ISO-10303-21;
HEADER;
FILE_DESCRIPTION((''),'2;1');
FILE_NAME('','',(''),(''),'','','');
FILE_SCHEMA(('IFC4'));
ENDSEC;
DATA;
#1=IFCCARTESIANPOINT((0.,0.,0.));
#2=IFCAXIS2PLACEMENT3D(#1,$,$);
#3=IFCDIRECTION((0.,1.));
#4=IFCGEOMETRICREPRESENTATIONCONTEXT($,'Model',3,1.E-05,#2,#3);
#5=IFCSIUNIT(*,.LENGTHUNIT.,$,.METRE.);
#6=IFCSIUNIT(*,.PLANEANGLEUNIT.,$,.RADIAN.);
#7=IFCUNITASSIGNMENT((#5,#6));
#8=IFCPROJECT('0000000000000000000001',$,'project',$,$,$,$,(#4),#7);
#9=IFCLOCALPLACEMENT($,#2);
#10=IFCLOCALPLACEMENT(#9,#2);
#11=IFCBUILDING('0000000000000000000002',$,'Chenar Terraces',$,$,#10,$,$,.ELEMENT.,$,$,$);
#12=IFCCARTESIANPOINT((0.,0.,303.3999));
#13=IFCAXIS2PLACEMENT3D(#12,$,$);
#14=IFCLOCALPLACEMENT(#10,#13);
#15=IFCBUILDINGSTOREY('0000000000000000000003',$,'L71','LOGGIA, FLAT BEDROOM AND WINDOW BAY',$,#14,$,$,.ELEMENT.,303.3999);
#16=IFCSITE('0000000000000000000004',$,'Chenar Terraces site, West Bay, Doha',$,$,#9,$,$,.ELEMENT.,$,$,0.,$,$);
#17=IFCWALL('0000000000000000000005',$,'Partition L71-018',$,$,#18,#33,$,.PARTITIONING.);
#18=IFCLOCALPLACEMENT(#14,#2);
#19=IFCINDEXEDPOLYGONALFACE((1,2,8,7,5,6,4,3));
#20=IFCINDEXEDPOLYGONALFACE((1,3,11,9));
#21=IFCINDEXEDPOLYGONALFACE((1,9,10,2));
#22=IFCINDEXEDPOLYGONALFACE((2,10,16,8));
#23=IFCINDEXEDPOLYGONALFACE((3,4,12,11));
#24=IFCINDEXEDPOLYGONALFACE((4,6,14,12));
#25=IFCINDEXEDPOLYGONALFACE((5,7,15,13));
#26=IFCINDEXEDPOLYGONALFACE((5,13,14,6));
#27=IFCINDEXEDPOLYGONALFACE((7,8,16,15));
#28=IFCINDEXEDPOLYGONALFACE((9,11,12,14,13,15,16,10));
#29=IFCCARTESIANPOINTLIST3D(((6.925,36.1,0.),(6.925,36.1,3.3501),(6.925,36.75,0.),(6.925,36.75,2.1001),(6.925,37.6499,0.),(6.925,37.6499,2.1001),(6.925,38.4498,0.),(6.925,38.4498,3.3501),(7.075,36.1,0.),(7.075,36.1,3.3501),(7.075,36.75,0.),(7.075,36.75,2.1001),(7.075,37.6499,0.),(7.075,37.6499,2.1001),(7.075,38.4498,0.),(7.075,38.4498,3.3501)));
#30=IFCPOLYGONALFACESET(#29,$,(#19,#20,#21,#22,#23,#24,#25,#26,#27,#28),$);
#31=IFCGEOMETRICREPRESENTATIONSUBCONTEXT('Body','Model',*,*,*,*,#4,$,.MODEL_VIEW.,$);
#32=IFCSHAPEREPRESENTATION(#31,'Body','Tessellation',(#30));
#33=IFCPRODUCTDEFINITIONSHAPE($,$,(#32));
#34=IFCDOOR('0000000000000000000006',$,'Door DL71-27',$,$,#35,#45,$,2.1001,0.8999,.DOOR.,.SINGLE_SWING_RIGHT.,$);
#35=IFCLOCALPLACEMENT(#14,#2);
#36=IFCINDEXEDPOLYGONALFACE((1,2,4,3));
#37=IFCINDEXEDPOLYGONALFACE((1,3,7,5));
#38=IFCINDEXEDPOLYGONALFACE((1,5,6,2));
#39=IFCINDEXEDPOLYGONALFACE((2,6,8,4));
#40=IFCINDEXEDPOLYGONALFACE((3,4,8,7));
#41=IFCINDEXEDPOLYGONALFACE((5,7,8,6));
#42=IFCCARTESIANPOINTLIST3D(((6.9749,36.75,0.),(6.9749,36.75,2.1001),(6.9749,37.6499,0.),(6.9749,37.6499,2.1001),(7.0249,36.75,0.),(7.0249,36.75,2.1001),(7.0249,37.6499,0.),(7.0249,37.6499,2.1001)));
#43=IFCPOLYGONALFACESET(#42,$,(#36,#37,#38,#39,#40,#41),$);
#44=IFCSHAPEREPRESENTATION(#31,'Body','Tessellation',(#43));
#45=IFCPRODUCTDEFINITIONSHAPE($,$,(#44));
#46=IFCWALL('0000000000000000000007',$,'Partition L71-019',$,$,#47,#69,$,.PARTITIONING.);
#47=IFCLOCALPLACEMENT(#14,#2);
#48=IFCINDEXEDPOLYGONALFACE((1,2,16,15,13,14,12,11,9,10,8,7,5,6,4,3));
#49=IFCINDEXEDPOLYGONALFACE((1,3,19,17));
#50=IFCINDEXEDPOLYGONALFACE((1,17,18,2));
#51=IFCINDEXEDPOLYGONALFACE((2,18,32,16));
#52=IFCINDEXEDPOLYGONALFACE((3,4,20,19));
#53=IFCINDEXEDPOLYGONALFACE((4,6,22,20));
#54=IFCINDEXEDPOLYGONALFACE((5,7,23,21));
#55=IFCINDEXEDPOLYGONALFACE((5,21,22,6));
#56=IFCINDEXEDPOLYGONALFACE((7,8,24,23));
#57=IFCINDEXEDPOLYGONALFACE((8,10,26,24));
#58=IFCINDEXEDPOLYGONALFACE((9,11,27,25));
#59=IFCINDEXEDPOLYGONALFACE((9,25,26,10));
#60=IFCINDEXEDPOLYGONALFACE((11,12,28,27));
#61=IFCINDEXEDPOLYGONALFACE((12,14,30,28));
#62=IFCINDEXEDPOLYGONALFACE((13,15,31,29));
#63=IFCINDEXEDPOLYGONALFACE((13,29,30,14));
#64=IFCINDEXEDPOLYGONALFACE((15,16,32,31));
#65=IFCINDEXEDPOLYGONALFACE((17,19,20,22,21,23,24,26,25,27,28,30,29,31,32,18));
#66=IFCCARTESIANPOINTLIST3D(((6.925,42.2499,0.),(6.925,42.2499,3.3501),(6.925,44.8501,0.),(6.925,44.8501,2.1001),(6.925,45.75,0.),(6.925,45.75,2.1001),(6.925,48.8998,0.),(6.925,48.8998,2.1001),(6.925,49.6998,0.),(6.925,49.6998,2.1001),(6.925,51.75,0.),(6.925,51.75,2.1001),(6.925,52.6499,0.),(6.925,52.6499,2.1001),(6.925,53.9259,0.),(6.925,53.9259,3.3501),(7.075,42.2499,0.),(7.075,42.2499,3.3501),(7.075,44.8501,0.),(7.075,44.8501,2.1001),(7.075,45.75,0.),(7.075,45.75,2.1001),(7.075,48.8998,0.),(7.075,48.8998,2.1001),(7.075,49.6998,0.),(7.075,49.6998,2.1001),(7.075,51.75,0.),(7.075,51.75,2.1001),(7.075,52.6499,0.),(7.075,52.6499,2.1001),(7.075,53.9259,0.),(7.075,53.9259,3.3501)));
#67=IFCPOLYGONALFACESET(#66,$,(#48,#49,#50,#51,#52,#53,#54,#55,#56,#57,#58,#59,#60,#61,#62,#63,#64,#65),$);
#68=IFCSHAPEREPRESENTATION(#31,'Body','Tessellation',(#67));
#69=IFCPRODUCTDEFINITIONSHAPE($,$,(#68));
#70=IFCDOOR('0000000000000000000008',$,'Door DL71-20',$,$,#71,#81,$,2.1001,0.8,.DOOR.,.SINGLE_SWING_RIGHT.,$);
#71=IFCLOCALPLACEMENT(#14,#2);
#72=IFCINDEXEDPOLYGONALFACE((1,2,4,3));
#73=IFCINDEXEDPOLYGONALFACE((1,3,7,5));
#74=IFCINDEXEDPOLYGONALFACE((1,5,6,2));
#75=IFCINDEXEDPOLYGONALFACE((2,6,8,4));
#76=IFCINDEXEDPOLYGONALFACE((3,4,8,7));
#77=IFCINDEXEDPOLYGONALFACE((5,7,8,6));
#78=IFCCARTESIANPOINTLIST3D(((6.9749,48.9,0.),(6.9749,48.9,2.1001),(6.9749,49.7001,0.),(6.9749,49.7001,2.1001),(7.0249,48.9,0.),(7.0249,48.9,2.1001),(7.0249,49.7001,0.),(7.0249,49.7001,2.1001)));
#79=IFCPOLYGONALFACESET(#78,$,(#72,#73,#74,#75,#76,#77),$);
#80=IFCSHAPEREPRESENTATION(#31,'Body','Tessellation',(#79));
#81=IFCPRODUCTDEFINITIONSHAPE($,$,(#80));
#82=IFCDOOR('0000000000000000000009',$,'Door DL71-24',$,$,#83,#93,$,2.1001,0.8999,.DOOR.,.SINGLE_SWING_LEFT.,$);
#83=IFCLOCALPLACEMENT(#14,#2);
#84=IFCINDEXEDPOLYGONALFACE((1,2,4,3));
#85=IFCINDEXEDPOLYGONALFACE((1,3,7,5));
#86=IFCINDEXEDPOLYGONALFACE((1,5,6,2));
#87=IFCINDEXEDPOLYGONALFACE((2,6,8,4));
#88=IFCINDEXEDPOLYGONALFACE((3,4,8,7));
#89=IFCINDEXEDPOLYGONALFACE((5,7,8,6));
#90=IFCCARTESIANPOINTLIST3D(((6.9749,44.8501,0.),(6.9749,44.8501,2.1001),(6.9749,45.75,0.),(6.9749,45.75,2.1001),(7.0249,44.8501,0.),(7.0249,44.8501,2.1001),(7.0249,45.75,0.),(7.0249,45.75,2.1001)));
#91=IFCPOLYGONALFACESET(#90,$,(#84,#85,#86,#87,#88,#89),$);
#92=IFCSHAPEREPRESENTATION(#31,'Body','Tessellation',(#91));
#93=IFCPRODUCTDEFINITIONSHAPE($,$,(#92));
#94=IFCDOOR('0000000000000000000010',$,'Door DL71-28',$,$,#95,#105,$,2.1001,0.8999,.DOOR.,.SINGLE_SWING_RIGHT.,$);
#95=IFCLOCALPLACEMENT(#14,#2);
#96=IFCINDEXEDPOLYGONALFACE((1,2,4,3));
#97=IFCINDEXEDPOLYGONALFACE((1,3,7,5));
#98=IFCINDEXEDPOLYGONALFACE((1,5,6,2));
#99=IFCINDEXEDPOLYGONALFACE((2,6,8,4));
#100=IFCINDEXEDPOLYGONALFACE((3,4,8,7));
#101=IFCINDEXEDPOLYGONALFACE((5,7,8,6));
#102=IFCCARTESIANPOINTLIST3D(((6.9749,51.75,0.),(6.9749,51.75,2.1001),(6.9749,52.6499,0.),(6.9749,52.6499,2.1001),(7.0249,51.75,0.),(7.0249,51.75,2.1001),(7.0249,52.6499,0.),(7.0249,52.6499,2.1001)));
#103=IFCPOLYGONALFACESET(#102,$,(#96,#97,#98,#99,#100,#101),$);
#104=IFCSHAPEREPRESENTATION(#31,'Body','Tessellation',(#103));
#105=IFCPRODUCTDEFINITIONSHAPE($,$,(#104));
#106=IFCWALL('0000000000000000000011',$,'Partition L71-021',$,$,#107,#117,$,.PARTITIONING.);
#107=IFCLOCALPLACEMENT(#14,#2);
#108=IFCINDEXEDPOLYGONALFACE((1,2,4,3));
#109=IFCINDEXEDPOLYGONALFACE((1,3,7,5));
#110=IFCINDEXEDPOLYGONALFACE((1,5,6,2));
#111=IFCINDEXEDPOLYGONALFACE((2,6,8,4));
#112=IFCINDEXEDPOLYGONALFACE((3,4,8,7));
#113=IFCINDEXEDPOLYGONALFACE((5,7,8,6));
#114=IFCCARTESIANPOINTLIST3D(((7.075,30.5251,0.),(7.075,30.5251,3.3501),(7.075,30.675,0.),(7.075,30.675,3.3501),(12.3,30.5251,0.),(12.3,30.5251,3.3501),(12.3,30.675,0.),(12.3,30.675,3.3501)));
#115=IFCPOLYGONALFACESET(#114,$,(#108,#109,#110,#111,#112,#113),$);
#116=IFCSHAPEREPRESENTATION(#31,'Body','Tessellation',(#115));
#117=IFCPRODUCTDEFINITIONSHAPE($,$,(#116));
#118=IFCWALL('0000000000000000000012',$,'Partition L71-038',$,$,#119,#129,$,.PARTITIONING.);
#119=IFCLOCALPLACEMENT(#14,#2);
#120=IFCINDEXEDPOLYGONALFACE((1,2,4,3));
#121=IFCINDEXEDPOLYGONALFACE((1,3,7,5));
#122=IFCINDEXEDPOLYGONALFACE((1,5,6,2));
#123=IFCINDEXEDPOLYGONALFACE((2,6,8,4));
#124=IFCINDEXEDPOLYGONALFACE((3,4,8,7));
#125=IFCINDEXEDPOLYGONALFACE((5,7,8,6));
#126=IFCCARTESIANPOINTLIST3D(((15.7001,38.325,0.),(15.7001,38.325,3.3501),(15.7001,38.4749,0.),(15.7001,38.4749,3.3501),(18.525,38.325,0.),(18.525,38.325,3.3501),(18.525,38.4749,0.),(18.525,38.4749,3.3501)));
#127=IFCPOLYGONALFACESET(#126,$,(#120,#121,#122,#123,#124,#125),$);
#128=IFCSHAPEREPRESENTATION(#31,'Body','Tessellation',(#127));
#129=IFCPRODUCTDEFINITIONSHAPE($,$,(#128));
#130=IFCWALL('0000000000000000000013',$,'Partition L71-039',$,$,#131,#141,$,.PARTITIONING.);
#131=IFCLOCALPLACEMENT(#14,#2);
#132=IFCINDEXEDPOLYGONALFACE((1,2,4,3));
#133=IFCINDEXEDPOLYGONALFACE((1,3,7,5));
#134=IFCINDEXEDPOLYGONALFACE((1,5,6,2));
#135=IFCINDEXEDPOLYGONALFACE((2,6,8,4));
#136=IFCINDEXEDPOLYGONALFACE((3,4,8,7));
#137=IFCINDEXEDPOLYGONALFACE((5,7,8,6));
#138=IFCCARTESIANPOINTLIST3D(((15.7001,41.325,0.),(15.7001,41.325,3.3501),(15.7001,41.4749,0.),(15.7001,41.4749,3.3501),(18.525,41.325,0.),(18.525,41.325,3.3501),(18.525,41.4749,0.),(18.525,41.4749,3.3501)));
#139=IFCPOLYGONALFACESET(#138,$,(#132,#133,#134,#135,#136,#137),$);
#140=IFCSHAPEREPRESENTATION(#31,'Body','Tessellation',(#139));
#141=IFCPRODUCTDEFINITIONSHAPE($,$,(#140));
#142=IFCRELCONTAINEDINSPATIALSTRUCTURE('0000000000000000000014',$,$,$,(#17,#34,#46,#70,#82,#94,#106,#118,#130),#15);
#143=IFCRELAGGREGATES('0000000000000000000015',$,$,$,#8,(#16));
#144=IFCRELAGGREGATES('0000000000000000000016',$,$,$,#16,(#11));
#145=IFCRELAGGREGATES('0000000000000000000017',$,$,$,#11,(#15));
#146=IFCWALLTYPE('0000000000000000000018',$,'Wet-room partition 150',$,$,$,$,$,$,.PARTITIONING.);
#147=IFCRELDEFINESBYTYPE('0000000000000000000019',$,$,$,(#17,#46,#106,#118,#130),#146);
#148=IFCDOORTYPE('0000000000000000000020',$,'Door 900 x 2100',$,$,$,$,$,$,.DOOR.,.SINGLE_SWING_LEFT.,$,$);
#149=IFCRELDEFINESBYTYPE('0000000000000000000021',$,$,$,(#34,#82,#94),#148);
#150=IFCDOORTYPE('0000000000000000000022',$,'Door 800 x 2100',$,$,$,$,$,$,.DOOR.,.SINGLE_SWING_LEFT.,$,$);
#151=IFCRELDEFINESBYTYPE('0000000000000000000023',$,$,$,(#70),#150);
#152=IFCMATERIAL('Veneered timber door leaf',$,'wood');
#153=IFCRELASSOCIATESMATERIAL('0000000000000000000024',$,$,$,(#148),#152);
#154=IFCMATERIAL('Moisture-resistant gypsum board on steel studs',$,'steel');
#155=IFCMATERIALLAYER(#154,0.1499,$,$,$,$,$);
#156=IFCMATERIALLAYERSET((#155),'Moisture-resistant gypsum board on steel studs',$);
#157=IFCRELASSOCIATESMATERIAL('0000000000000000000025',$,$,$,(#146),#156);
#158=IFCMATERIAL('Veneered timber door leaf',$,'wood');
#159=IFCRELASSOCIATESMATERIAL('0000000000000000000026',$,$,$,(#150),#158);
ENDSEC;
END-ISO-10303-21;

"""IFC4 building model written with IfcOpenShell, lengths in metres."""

from ifc_helpers import new_model, si_unit, direction, frame, frame_2d, origin, place, context, subcontext, project, spatial, rectangle, extrude, material, layer, layer_set, type_object, element, fill, save


model = new_model("IFC4")

# Units and contexts
model_context = context("Model", 3, precision=1e-05, world=origin(), true_north=direction((0.0, 1.0)))
body_context = subcontext(model_context, "Body", "Model", "MODEL_VIEW")
ifc_project = project(units=[si_unit("LENGTHUNIT", "METRE"), si_unit("PLANEANGLEUNIT", "RADIAN")], contexts=[model_context])

# Site, building, storey
site_placement = place(None, origin())
site = spatial("IfcSite", under=ifc_project, at=site_placement, Name="Chenar Terraces site, West Bay, Doha", CompositionType="ELEMENT", RefElevation=0.0)
building_placement = place(site_placement, origin())
building = spatial("IfcBuilding", under=site, at=building_placement, Name="Chenar Terraces", CompositionType="ELEMENT")
storey_placement = place(building_placement, frame((0.0, 0.0, 303.3999)))
storey = spatial("IfcBuildingStorey", under=building, at=storey_placement, Name="L71", Description="LOGGIA, FLAT BEDROOM AND WINDOW BAY", CompositionType="ELEMENT", Elevation=303.3999)

# Shared definitions
ifc_material_1 = material(Name="Veneered timber door leaf", Category="wood")
door_type_1 = type_object("IfcDoorType", Name="Door 900 x 2100", OperationType="SINGLE_SWING_LEFT", PredefinedType="DOOR", material=ifc_material_1)

# Wall, opening, door
ifc_material_2 = material(Name="Moisture-resistant gypsum board on steel studs", Category="steel")
ifc_layer_1 = layer(ifc_material_2, 0.1499)
ifc_layer_set_1 = layer_set([ifc_layer_1], Name="Moisture-resistant gypsum board on steel studs")
wall_type_1 = type_object("IfcWallType", Name="Wet-room partition 150", PredefinedType="PARTITIONING", material=ifc_layer_set_1)
wall_1_placement = place(storey_placement, frame((7.0, 36.1001, 0.0), z_axis=(0.0, 0.0, 1.0), x_axis=(0.0, 1.0, 0.0)))
wall_1 = element("IfcWall", 1, at=wall_1_placement, inside=storey, type_object=wall_type_1, Name="Partition L71-018", PredefinedType="PARTITIONING", context=body_context, shape_type="SweptSolid", body=[
    extrude(rectangle(XDim=2.3499, YDim=0.1499, at=frame_2d((1.1748, 0.0))), origin(), (0.0, 0.0, 1.0), 3.3501),
])
opening_1_placement = place(wall_1_placement, frame((0.6499, 0.0, 0.0)))
opening_1 = element("IfcOpeningElement", 2, at=opening_1_placement, cuts=wall_1, PredefinedType="OPENING", context=body_context, shape_type="SweptSolid", body=[
    extrude(rectangle(XDim=0.8999, YDim=2.1001, at=frame_2d((0.45, 1.05))), frame((0.0, 0.085, 0.0), z_axis=(0.0, -1.0, 0.0), x_axis=(1.0, 0.0, 0.0)), (0.0, 0.0, 1.0), 0.1699),
])
door_1_placement = place(opening_1_placement, frame((0.8999, 0.0, 0.0), z_axis=(0.0, 0.0, 1.0), x_axis=(-1.0, 0.0, 0.0)))
door_1 = element("IfcDoor", 3, at=door_1_placement, inside=storey, type_object=door_type_1, Name="Door DL71-27", OperationType="SINGLE_SWING_RIGHT", OverallHeight=2.1001, OverallWidth=0.8999, PredefinedType="DOOR", context=body_context, shape_type="SweptSolid", body=[
    extrude(rectangle(XDim=0.8999, YDim=2.1001, at=frame_2d((0.45, 1.05))), frame((0.0, 0.0249, 0.0), z_axis=(0.0, -1.0, 0.0), x_axis=(1.0, 0.0, 0.0)), (0.0, 0.0, 1.0), 0.05),
])
fill(opening_1, door_1)

# Wall, openings, doors
wall_2_placement = place(storey_placement, frame((7.0, 42.25, 0.0), z_axis=(0.0, 0.0, 1.0), x_axis=(0.0, 1.0, 0.0)))
wall_2 = element("IfcWall", 4, at=wall_2_placement, inside=storey, type_object=wall_type_1, Name="Partition L71-019", PredefinedType="PARTITIONING", context=body_context, shape_type="SweptSolid", body=[
    extrude(rectangle(XDim=11.676, YDim=0.1499, at=frame_2d((5.8379, 0.0))), origin(), (0.0, 0.0, 1.0), 3.3501),
])
opening_2_placement = place(wall_2_placement, frame((6.6499, 0.0, 0.0)))
opening_2 = element("IfcOpeningElement", 5, at=opening_2_placement, cuts=wall_2, PredefinedType="OPENING", context=body_context, shape_type="SweptSolid", body=[
    extrude(rectangle(XDim=0.8, YDim=2.1001, at=frame_2d((0.3999, 1.05))), frame((0.0, 0.085, 0.0), z_axis=(0.0, -1.0, 0.0), x_axis=(1.0, 0.0, 0.0)), (0.0, 0.0, 1.0), 0.1699),
])
opening_3_placement = place(wall_2_placement, frame((2.6001, 0.0, 0.0)))
opening_3 = element("IfcOpeningElement", 6, at=opening_3_placement, cuts=wall_2, PredefinedType="OPENING", context=body_context, shape_type="SweptSolid", body=[
    extrude(rectangle(XDim=0.8999, YDim=2.1001, at=frame_2d((0.45, 1.05))), frame((0.0, 0.085, 0.0), z_axis=(0.0, -1.0, 0.0), x_axis=(1.0, 0.0, 0.0)), (0.0, 0.0, 1.0), 0.1699),
])
opening_4_placement = place(wall_2_placement, frame((9.5, 0.0, 0.0)))
opening_4 = element("IfcOpeningElement", 7, at=opening_4_placement, cuts=wall_2, PredefinedType="OPENING", context=body_context, shape_type="SweptSolid", body=[
    extrude(rectangle(XDim=0.8999, YDim=2.1001, at=frame_2d((0.45, 1.05))), frame((0.0, 0.085, 0.0), z_axis=(0.0, -1.0, 0.0), x_axis=(1.0, 0.0, 0.0)), (0.0, 0.0, 1.0), 0.1699),
])
ifc_material_3 = material(Name="Veneered timber door leaf", Category="wood")
door_type_2 = type_object("IfcDoorType", Name="Door 800 x 2100", OperationType="SINGLE_SWING_LEFT", PredefinedType="DOOR", material=ifc_material_3)
door_2_placement = place(opening_2_placement, frame((0.8, 0.0, 0.0), z_axis=(0.0, 0.0, 1.0), x_axis=(-1.0, 0.0, 0.0)))
door_2 = element("IfcDoor", 8, at=door_2_placement, inside=storey, type_object=door_type_2, Name="Door DL71-20", OperationType="SINGLE_SWING_RIGHT", OverallHeight=2.1001, OverallWidth=0.8, PredefinedType="DOOR", context=body_context, shape_type="SweptSolid", body=[
    extrude(rectangle(XDim=0.8, YDim=2.1001, at=frame_2d((0.3999, 1.05))), frame((0.0, 0.0249, 0.0), z_axis=(0.0, -1.0, 0.0), x_axis=(1.0, 0.0, 0.0)), (0.0, 0.0, 1.0), 0.05),
])
fill(opening_2, door_2)
door_3_placement = place(opening_3_placement, frame((0.8999, 0.0, 0.0), z_axis=(0.0, 0.0, 1.0), x_axis=(-1.0, 0.0, 0.0)))
door_3 = element("IfcDoor", 9, at=door_3_placement, inside=storey, type_object=door_type_1, Name="Door DL71-24", OperationType="SINGLE_SWING_LEFT", OverallHeight=2.1001, OverallWidth=0.8999, PredefinedType="DOOR", context=body_context, shape_type="SweptSolid", body=[
    extrude(rectangle(XDim=0.8999, YDim=2.1001, at=frame_2d((0.45, 1.05))), frame((0.0, 0.0249, 0.0), z_axis=(0.0, -1.0, 0.0), x_axis=(1.0, 0.0, 0.0)), (0.0, 0.0, 1.0), 0.05),
])
fill(opening_3, door_3)
door_4_placement = place(opening_4_placement, frame((0.8999, 0.0, 0.0), z_axis=(0.0, 0.0, 1.0), x_axis=(-1.0, 0.0, 0.0)))
door_4 = element("IfcDoor", 10, at=door_4_placement, inside=storey, type_object=door_type_1, Name="Door DL71-28", OperationType="SINGLE_SWING_RIGHT", OverallHeight=2.1001, OverallWidth=0.8999, PredefinedType="DOOR", context=body_context, shape_type="SweptSolid", body=[
    extrude(rectangle(XDim=0.8999, YDim=2.1001, at=frame_2d((0.45, 1.05))), frame((0.0, 0.0249, 0.0), z_axis=(0.0, -1.0, 0.0), x_axis=(1.0, 0.0, 0.0)), (0.0, 0.0, 1.0), 0.05),
])
fill(opening_4, door_4)

# Walls
wall_3_placement = place(storey_placement, frame((7.075, 30.6001, 0.0), z_axis=(0.0, 0.0, 1.0), x_axis=(1.0, 0.0, 0.0)))
element("IfcWall", 11, at=wall_3_placement, inside=storey, type_object=wall_type_1, Name="Partition L71-021", PredefinedType="PARTITIONING", context=body_context, shape_type="SweptSolid", body=[
    extrude(rectangle(XDim=5.2251, YDim=0.1499, at=frame_2d((2.6125, 0.0))), origin(), (0.0, 0.0, 1.0), 3.3501),
])
for number, where, z_axis, x_axis, name in (
    (12, (15.7, 38.3999, 0.0), (0.0, 0.0, 1.0), (1.0, 0.0, 0.0), "Partition L71-038"),
    (13, (15.7, 41.3999, 0.0), (0.0, 0.0, 1.0), (1.0, 0.0, 0.0), "Partition L71-039"),
):
    element("IfcWall", number, at=place(storey_placement, frame(where, z_axis=z_axis, x_axis=x_axis)), inside=storey, type_object=wall_type_1, Name=name, PredefinedType="PARTITIONING", context=body_context, shape_type="SweptSolid", body=[
        extrude(rectangle(XDim=2.825, YDim=0.1499, at=frame_2d((1.4126, 0.0))), origin(), (0.0, 0.0, 1.0), 3.3501),
    ])

save(model, "model.ifc")
